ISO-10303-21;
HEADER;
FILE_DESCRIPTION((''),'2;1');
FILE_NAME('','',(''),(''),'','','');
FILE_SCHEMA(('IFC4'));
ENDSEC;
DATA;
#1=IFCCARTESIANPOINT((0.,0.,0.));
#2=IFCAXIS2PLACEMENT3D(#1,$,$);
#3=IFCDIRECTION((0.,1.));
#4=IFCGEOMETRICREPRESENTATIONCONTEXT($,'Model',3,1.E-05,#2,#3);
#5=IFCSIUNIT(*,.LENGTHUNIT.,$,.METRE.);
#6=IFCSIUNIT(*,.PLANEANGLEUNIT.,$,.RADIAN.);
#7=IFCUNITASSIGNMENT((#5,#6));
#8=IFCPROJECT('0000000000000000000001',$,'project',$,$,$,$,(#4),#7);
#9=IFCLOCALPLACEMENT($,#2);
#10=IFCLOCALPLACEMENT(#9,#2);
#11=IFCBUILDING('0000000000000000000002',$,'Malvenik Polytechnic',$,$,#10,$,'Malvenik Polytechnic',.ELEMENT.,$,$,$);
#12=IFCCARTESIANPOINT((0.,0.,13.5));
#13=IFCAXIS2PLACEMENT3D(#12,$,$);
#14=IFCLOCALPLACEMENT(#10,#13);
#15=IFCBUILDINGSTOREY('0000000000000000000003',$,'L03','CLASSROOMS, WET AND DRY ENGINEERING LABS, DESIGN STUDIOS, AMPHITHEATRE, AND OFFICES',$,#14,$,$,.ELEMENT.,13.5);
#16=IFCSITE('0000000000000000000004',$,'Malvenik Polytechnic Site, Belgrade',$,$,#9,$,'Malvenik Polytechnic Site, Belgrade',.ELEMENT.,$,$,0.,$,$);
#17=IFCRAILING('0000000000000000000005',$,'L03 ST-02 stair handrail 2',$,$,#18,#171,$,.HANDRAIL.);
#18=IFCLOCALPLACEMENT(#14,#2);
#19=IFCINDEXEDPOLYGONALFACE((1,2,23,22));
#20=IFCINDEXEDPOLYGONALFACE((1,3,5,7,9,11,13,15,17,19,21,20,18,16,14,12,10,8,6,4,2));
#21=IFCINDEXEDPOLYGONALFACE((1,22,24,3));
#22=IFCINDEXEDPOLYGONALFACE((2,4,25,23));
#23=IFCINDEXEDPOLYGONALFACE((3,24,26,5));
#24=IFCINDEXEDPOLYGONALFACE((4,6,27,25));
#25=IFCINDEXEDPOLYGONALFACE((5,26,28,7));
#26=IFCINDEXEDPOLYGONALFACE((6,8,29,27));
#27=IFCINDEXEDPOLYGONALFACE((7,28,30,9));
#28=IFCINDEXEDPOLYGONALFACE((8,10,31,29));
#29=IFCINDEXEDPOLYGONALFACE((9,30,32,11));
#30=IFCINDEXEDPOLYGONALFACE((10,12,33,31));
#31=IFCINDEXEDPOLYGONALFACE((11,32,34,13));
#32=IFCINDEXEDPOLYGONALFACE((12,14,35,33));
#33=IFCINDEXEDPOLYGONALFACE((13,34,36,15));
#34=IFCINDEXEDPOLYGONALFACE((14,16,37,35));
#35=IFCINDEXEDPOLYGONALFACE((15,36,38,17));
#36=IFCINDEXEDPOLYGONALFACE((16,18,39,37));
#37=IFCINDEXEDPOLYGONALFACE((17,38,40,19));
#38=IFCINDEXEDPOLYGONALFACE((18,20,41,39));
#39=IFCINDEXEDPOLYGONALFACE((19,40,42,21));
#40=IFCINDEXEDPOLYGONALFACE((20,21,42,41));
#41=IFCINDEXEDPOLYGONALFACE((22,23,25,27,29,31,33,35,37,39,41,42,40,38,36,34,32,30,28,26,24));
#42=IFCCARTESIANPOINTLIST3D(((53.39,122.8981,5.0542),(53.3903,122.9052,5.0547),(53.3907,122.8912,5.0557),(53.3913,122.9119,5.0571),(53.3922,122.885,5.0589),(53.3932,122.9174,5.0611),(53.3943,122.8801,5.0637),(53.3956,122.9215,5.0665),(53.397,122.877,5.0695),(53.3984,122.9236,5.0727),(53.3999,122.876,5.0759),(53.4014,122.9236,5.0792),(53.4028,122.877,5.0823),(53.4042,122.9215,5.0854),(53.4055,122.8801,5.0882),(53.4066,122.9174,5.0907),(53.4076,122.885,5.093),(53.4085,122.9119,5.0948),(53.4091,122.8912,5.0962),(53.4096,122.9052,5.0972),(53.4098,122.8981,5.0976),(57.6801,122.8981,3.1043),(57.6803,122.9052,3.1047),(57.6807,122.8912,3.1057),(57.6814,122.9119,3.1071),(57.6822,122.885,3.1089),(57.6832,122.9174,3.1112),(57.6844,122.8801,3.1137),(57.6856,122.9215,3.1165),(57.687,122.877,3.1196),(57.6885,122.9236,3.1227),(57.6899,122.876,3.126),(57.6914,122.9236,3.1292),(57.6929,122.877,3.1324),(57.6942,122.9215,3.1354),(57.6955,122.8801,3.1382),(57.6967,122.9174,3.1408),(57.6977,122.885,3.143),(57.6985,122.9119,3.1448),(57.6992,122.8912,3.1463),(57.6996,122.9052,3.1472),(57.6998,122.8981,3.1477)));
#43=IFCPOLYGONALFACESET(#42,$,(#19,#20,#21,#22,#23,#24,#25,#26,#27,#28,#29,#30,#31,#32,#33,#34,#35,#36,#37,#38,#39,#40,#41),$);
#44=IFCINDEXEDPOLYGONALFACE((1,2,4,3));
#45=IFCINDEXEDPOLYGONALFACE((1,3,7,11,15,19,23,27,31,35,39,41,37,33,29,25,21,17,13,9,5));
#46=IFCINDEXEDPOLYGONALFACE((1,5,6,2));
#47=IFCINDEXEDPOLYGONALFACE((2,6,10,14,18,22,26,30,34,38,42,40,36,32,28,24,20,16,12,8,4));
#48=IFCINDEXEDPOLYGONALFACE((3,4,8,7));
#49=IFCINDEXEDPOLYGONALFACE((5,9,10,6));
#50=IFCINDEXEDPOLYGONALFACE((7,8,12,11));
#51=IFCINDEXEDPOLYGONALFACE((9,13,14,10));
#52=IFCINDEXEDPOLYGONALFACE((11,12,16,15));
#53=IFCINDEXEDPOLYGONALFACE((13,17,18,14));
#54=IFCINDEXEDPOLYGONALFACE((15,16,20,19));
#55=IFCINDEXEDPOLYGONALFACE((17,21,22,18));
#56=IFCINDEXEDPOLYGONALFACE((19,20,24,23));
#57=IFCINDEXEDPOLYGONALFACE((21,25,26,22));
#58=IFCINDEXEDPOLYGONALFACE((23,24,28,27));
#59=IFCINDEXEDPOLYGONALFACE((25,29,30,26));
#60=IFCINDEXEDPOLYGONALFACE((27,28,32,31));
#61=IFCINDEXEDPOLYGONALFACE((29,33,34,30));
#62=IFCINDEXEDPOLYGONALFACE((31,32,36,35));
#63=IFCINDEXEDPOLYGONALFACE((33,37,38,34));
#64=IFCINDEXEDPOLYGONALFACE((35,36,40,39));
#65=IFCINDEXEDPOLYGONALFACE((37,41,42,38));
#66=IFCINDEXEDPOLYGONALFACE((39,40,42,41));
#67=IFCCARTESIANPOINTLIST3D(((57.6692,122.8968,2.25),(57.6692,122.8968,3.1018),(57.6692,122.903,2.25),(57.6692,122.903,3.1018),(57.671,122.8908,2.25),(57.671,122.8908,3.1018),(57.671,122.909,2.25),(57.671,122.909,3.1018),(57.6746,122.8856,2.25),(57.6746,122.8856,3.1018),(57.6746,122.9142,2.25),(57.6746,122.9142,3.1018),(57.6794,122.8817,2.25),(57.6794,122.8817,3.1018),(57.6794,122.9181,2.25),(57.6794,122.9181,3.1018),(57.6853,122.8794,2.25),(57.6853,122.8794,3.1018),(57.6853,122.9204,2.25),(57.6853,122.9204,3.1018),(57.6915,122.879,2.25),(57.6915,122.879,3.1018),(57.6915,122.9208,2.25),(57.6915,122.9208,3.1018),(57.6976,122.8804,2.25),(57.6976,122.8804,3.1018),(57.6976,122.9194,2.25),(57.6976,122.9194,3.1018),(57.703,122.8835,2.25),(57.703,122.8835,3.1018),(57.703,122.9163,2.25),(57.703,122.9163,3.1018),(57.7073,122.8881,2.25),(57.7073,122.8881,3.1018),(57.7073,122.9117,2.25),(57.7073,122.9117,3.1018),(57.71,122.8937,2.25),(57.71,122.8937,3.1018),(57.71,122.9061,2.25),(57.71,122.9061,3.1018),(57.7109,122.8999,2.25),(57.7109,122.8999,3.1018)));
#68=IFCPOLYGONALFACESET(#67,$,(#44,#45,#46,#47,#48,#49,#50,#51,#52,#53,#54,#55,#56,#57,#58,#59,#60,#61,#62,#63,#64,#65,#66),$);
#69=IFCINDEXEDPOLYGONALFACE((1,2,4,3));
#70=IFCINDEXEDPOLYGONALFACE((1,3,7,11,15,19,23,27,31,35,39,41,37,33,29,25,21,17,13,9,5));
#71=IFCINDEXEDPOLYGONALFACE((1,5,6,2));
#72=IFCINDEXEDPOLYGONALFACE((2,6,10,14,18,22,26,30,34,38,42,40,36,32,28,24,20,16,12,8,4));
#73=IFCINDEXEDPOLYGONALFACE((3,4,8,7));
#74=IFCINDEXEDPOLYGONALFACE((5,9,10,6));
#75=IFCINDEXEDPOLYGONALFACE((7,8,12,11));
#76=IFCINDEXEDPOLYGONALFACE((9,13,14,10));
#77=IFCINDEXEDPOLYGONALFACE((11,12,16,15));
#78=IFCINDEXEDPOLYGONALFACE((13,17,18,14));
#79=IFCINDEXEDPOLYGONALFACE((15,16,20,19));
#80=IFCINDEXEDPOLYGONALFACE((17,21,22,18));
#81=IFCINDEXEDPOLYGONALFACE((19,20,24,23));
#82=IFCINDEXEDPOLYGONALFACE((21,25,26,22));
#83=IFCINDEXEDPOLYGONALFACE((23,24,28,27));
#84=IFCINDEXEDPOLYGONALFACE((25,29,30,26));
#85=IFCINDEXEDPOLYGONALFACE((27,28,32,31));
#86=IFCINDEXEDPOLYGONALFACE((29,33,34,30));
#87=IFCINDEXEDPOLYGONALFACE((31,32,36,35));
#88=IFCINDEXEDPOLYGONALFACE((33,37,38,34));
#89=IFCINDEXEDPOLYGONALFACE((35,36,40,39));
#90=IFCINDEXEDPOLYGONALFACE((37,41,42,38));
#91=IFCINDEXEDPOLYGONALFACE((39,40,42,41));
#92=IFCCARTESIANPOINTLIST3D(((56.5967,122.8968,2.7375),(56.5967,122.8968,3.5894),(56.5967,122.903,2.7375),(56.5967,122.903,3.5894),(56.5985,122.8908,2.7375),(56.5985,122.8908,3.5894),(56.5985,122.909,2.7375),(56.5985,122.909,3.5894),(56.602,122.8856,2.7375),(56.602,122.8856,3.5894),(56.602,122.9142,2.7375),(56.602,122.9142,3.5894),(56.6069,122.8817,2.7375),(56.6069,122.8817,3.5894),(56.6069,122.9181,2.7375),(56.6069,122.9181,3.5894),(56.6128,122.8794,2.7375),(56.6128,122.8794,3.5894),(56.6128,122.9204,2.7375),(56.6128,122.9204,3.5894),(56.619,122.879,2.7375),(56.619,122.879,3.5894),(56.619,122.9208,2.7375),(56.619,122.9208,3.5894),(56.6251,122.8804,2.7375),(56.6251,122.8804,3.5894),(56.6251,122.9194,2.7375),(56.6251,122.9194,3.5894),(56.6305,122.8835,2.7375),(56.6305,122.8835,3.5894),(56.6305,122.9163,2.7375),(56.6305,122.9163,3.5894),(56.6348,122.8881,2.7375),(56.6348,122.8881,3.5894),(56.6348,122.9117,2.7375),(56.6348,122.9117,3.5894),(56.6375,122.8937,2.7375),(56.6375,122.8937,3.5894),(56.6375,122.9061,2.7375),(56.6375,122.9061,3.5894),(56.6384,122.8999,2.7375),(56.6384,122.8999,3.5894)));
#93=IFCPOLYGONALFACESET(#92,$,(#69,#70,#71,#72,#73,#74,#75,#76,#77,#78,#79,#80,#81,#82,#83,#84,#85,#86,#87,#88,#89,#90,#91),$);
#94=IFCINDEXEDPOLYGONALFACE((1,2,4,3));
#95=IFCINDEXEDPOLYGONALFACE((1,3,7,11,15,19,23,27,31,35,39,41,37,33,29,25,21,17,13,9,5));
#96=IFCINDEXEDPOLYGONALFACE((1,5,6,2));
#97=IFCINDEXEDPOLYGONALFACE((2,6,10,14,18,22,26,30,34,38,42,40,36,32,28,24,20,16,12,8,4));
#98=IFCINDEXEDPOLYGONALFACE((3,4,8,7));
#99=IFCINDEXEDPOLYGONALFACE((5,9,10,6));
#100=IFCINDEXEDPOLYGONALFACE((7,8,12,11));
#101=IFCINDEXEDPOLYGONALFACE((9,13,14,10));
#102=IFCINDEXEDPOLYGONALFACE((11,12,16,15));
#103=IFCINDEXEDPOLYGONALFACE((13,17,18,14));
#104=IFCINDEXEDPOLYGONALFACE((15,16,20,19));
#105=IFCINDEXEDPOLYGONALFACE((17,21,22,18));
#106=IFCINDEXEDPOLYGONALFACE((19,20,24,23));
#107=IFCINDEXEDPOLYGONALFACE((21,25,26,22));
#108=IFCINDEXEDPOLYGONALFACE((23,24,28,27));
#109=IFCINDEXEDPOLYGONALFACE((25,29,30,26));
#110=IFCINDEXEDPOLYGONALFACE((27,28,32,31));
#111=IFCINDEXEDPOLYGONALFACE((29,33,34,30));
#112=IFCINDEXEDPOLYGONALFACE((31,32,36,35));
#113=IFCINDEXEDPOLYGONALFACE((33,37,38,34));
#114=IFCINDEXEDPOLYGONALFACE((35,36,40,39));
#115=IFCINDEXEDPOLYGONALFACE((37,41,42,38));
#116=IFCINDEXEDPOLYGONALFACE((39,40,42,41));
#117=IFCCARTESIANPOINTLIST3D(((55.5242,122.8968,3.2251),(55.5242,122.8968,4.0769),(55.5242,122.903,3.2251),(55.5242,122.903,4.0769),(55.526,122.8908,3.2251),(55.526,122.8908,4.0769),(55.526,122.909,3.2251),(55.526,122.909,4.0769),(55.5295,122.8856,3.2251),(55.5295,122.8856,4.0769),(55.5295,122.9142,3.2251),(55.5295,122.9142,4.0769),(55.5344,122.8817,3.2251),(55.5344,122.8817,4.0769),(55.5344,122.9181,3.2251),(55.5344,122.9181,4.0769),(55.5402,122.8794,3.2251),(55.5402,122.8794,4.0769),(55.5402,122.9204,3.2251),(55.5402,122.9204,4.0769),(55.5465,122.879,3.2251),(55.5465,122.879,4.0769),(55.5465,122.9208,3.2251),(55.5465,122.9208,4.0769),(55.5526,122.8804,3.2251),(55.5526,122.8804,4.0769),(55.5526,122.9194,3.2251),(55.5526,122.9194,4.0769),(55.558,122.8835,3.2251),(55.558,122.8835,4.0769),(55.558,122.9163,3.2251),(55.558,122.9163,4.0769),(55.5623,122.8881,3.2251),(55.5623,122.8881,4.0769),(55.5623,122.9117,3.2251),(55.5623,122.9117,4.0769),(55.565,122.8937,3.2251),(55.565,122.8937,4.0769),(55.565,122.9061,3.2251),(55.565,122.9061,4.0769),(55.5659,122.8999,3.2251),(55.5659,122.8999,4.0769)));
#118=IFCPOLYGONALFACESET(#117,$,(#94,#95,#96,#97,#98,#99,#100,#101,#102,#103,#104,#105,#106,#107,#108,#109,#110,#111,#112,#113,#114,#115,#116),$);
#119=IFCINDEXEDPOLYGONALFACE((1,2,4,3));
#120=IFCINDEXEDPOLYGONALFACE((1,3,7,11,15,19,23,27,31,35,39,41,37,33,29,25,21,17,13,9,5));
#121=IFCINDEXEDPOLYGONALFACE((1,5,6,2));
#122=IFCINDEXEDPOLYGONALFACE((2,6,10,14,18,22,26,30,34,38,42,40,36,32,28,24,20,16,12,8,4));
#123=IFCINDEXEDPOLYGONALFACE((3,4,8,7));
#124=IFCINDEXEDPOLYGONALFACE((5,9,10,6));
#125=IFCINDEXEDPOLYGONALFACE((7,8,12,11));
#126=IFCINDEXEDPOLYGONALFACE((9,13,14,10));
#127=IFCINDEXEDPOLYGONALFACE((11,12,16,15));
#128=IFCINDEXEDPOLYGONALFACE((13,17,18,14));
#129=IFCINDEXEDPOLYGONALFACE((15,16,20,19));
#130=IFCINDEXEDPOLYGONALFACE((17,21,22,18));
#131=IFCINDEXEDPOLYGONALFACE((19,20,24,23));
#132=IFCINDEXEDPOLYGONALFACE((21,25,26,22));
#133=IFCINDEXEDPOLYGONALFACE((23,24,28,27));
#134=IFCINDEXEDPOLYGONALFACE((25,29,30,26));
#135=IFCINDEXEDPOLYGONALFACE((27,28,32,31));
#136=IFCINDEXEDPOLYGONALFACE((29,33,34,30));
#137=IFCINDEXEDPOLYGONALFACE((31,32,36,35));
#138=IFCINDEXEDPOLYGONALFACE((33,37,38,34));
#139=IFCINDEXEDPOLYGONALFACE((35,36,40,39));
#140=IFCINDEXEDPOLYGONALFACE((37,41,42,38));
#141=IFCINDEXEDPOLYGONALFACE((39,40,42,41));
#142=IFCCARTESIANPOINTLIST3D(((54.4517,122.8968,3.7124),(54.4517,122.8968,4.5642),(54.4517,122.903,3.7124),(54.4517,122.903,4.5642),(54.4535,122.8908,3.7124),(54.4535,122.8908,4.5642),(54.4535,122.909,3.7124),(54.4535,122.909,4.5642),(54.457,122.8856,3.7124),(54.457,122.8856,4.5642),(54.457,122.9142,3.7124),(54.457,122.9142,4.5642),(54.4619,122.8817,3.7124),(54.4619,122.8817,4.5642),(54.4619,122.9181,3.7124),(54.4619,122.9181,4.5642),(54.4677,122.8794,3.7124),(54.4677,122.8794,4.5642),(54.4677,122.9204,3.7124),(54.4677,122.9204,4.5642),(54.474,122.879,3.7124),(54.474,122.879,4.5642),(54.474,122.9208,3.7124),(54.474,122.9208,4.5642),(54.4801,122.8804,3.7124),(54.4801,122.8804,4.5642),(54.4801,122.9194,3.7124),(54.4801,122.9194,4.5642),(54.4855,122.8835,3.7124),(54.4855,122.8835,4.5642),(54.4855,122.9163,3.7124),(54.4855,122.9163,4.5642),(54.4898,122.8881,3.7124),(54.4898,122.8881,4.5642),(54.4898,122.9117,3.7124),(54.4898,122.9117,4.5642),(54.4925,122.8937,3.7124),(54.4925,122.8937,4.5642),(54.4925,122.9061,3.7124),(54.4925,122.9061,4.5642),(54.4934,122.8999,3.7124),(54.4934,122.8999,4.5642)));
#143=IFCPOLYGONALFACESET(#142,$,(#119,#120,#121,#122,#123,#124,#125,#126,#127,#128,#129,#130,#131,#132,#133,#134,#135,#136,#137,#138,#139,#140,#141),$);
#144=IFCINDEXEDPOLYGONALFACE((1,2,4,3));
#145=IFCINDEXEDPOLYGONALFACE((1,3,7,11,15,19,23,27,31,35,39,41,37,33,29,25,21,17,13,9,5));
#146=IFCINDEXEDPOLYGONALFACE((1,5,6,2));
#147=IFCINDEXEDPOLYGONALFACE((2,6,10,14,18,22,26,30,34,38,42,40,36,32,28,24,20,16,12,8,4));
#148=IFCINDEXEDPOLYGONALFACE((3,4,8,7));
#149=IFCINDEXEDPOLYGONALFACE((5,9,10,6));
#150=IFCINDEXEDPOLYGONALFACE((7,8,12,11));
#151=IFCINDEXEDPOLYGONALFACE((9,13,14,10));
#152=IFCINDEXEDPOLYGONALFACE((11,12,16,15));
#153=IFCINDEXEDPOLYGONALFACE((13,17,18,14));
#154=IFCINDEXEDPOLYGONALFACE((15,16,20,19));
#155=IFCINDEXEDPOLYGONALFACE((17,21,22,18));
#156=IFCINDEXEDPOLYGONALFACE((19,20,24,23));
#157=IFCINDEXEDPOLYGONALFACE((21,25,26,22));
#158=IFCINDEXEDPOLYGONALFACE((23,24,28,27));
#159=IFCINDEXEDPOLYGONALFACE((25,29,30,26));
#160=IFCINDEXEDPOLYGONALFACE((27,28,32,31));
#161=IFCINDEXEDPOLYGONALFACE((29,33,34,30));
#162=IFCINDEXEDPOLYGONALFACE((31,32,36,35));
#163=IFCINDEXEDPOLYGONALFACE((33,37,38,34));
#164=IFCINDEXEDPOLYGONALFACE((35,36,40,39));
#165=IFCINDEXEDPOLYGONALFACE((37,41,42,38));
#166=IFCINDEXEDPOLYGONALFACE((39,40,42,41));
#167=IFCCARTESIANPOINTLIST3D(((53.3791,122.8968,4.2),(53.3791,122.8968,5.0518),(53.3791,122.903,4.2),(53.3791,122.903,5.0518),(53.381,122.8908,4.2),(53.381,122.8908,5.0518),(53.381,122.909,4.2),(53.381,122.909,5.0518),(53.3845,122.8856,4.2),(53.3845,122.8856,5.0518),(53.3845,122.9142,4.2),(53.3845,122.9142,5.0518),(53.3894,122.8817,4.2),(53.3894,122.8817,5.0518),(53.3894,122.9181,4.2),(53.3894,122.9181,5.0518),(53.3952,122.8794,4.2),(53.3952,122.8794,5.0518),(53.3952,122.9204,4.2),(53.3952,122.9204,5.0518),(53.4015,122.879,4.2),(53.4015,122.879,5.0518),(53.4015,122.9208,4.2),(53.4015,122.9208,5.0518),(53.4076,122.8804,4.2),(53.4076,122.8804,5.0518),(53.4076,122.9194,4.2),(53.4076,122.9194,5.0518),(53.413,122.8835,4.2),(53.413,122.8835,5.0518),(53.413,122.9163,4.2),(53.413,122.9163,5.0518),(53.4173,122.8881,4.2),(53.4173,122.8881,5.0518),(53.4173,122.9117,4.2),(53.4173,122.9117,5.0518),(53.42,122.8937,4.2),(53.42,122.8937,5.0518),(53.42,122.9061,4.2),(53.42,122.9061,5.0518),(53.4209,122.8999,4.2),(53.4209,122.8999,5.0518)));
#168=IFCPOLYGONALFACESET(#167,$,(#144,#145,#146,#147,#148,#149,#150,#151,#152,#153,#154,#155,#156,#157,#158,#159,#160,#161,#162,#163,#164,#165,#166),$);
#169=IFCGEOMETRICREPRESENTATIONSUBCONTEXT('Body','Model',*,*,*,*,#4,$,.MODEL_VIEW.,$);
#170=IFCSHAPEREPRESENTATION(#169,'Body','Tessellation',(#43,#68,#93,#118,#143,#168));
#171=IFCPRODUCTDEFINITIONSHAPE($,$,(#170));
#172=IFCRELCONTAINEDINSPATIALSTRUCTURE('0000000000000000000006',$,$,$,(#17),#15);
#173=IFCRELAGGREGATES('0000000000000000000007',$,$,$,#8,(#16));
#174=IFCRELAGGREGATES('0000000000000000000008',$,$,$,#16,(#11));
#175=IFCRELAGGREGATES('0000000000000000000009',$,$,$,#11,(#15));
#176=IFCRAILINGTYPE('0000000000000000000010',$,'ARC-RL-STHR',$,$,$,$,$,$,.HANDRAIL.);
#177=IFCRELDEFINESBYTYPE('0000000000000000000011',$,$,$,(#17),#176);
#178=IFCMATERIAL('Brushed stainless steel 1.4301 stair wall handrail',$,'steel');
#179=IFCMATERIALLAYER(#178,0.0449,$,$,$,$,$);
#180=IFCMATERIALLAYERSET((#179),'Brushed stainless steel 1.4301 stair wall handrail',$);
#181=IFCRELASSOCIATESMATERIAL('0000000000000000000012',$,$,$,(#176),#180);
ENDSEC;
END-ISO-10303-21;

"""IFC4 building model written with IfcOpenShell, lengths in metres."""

from ifc_helpers import new_model, si_unit, direction, frame, origin, origin_2d, place, context, subcontext, project, spatial, circle, extrude, material, layer, layer_set, type_object, element, save


model = new_model("IFC4")

# Units and contexts
model_context = context("Model", 3, precision=1e-05, world=origin(), true_north=direction((0.0, 1.0)))
body_context = subcontext(model_context, "Body", "Model", "MODEL_VIEW")
ifc_project = project(units=[si_unit("LENGTHUNIT", "METRE"), si_unit("PLANEANGLEUNIT", "RADIAN")], contexts=[model_context])

# Site, building, storey
site_placement = place(None, origin())
site = spatial("IfcSite", under=ifc_project, at=site_placement, Name="Malvenik Polytechnic Site, Belgrade", LongName="Malvenik Polytechnic Site, Belgrade", CompositionType="ELEMENT", RefElevation=0.0)
building_placement = place(site_placement, origin())
building = spatial("IfcBuilding", under=site, at=building_placement, Name="Malvenik Polytechnic", LongName="Malvenik Polytechnic", CompositionType="ELEMENT")
storey_placement = place(building_placement, frame((0.0, 0.0, 13.5)))
storey = spatial("IfcBuildingStorey", under=building, at=storey_placement, Name="L03", Description="CLASSROOMS, WET AND DRY ENGINEERING LABS, DESIGN STUDIOS, AMPHITHEATRE, AND OFFICES", CompositionType="ELEMENT", Elevation=13.5)

# Railing
ifc_material_1 = material(Name="Brushed stainless steel 1.4301 stair wall handrail", Category="steel")
ifc_layer_1 = layer(ifc_material_1, 0.0449)
ifc_layer_set_1 = layer_set([ifc_layer_1], Name="Brushed stainless steel 1.4301 stair wall handrail")
railing_type = type_object("IfcRailingType", Name="ARC-RL-STHR", PredefinedType="HANDRAIL", material=ifc_layer_set_1)
railing_placement = place(storey_placement, frame((57.6899, 122.8999, 2.25)))
element("IfcRailing", 1, at=railing_placement, inside=storey, type_object=railing_type, Name="L03 ST-02 stair handrail 2", PredefinedType="HANDRAIL", context=body_context, shape_type="SweptSolid", body=[
    extrude(circle(Radius=0.0239, at=origin_2d()), frame((0.0, 0.0, 0.876), z_axis=(-0.910372, 0.0, 0.413791), x_axis=(0.0, -1.0, 0.0)), (0.0, 0.0, 1.0), 4.7124),
    extrude(circle(Radius=0.021, at=origin_2d()), origin(), (0.0, 0.0, 1.0), 0.8518),
    extrude(circle(Radius=0.021, at=origin_2d()), frame((-1.0725, 0.0, 0.4875)), (0.0, 0.0, 1.0), 0.8518),
    extrude(circle(Radius=0.021, at=origin_2d()), frame((-2.145, 0.0, 0.9751)), (0.0, 0.0, 1.0), 0.8518),
    extrude(circle(Radius=0.021, at=origin_2d()), frame((-3.2175, 0.0, 1.4624)), (0.0, 0.0, 1.0), 0.8518),
    extrude(circle(Radius=0.021, at=origin_2d()), frame((-4.29, 0.0, 1.95)), (0.0, 0.0, 1.0), 0.8518),
])

save(model, "model.ifc")
